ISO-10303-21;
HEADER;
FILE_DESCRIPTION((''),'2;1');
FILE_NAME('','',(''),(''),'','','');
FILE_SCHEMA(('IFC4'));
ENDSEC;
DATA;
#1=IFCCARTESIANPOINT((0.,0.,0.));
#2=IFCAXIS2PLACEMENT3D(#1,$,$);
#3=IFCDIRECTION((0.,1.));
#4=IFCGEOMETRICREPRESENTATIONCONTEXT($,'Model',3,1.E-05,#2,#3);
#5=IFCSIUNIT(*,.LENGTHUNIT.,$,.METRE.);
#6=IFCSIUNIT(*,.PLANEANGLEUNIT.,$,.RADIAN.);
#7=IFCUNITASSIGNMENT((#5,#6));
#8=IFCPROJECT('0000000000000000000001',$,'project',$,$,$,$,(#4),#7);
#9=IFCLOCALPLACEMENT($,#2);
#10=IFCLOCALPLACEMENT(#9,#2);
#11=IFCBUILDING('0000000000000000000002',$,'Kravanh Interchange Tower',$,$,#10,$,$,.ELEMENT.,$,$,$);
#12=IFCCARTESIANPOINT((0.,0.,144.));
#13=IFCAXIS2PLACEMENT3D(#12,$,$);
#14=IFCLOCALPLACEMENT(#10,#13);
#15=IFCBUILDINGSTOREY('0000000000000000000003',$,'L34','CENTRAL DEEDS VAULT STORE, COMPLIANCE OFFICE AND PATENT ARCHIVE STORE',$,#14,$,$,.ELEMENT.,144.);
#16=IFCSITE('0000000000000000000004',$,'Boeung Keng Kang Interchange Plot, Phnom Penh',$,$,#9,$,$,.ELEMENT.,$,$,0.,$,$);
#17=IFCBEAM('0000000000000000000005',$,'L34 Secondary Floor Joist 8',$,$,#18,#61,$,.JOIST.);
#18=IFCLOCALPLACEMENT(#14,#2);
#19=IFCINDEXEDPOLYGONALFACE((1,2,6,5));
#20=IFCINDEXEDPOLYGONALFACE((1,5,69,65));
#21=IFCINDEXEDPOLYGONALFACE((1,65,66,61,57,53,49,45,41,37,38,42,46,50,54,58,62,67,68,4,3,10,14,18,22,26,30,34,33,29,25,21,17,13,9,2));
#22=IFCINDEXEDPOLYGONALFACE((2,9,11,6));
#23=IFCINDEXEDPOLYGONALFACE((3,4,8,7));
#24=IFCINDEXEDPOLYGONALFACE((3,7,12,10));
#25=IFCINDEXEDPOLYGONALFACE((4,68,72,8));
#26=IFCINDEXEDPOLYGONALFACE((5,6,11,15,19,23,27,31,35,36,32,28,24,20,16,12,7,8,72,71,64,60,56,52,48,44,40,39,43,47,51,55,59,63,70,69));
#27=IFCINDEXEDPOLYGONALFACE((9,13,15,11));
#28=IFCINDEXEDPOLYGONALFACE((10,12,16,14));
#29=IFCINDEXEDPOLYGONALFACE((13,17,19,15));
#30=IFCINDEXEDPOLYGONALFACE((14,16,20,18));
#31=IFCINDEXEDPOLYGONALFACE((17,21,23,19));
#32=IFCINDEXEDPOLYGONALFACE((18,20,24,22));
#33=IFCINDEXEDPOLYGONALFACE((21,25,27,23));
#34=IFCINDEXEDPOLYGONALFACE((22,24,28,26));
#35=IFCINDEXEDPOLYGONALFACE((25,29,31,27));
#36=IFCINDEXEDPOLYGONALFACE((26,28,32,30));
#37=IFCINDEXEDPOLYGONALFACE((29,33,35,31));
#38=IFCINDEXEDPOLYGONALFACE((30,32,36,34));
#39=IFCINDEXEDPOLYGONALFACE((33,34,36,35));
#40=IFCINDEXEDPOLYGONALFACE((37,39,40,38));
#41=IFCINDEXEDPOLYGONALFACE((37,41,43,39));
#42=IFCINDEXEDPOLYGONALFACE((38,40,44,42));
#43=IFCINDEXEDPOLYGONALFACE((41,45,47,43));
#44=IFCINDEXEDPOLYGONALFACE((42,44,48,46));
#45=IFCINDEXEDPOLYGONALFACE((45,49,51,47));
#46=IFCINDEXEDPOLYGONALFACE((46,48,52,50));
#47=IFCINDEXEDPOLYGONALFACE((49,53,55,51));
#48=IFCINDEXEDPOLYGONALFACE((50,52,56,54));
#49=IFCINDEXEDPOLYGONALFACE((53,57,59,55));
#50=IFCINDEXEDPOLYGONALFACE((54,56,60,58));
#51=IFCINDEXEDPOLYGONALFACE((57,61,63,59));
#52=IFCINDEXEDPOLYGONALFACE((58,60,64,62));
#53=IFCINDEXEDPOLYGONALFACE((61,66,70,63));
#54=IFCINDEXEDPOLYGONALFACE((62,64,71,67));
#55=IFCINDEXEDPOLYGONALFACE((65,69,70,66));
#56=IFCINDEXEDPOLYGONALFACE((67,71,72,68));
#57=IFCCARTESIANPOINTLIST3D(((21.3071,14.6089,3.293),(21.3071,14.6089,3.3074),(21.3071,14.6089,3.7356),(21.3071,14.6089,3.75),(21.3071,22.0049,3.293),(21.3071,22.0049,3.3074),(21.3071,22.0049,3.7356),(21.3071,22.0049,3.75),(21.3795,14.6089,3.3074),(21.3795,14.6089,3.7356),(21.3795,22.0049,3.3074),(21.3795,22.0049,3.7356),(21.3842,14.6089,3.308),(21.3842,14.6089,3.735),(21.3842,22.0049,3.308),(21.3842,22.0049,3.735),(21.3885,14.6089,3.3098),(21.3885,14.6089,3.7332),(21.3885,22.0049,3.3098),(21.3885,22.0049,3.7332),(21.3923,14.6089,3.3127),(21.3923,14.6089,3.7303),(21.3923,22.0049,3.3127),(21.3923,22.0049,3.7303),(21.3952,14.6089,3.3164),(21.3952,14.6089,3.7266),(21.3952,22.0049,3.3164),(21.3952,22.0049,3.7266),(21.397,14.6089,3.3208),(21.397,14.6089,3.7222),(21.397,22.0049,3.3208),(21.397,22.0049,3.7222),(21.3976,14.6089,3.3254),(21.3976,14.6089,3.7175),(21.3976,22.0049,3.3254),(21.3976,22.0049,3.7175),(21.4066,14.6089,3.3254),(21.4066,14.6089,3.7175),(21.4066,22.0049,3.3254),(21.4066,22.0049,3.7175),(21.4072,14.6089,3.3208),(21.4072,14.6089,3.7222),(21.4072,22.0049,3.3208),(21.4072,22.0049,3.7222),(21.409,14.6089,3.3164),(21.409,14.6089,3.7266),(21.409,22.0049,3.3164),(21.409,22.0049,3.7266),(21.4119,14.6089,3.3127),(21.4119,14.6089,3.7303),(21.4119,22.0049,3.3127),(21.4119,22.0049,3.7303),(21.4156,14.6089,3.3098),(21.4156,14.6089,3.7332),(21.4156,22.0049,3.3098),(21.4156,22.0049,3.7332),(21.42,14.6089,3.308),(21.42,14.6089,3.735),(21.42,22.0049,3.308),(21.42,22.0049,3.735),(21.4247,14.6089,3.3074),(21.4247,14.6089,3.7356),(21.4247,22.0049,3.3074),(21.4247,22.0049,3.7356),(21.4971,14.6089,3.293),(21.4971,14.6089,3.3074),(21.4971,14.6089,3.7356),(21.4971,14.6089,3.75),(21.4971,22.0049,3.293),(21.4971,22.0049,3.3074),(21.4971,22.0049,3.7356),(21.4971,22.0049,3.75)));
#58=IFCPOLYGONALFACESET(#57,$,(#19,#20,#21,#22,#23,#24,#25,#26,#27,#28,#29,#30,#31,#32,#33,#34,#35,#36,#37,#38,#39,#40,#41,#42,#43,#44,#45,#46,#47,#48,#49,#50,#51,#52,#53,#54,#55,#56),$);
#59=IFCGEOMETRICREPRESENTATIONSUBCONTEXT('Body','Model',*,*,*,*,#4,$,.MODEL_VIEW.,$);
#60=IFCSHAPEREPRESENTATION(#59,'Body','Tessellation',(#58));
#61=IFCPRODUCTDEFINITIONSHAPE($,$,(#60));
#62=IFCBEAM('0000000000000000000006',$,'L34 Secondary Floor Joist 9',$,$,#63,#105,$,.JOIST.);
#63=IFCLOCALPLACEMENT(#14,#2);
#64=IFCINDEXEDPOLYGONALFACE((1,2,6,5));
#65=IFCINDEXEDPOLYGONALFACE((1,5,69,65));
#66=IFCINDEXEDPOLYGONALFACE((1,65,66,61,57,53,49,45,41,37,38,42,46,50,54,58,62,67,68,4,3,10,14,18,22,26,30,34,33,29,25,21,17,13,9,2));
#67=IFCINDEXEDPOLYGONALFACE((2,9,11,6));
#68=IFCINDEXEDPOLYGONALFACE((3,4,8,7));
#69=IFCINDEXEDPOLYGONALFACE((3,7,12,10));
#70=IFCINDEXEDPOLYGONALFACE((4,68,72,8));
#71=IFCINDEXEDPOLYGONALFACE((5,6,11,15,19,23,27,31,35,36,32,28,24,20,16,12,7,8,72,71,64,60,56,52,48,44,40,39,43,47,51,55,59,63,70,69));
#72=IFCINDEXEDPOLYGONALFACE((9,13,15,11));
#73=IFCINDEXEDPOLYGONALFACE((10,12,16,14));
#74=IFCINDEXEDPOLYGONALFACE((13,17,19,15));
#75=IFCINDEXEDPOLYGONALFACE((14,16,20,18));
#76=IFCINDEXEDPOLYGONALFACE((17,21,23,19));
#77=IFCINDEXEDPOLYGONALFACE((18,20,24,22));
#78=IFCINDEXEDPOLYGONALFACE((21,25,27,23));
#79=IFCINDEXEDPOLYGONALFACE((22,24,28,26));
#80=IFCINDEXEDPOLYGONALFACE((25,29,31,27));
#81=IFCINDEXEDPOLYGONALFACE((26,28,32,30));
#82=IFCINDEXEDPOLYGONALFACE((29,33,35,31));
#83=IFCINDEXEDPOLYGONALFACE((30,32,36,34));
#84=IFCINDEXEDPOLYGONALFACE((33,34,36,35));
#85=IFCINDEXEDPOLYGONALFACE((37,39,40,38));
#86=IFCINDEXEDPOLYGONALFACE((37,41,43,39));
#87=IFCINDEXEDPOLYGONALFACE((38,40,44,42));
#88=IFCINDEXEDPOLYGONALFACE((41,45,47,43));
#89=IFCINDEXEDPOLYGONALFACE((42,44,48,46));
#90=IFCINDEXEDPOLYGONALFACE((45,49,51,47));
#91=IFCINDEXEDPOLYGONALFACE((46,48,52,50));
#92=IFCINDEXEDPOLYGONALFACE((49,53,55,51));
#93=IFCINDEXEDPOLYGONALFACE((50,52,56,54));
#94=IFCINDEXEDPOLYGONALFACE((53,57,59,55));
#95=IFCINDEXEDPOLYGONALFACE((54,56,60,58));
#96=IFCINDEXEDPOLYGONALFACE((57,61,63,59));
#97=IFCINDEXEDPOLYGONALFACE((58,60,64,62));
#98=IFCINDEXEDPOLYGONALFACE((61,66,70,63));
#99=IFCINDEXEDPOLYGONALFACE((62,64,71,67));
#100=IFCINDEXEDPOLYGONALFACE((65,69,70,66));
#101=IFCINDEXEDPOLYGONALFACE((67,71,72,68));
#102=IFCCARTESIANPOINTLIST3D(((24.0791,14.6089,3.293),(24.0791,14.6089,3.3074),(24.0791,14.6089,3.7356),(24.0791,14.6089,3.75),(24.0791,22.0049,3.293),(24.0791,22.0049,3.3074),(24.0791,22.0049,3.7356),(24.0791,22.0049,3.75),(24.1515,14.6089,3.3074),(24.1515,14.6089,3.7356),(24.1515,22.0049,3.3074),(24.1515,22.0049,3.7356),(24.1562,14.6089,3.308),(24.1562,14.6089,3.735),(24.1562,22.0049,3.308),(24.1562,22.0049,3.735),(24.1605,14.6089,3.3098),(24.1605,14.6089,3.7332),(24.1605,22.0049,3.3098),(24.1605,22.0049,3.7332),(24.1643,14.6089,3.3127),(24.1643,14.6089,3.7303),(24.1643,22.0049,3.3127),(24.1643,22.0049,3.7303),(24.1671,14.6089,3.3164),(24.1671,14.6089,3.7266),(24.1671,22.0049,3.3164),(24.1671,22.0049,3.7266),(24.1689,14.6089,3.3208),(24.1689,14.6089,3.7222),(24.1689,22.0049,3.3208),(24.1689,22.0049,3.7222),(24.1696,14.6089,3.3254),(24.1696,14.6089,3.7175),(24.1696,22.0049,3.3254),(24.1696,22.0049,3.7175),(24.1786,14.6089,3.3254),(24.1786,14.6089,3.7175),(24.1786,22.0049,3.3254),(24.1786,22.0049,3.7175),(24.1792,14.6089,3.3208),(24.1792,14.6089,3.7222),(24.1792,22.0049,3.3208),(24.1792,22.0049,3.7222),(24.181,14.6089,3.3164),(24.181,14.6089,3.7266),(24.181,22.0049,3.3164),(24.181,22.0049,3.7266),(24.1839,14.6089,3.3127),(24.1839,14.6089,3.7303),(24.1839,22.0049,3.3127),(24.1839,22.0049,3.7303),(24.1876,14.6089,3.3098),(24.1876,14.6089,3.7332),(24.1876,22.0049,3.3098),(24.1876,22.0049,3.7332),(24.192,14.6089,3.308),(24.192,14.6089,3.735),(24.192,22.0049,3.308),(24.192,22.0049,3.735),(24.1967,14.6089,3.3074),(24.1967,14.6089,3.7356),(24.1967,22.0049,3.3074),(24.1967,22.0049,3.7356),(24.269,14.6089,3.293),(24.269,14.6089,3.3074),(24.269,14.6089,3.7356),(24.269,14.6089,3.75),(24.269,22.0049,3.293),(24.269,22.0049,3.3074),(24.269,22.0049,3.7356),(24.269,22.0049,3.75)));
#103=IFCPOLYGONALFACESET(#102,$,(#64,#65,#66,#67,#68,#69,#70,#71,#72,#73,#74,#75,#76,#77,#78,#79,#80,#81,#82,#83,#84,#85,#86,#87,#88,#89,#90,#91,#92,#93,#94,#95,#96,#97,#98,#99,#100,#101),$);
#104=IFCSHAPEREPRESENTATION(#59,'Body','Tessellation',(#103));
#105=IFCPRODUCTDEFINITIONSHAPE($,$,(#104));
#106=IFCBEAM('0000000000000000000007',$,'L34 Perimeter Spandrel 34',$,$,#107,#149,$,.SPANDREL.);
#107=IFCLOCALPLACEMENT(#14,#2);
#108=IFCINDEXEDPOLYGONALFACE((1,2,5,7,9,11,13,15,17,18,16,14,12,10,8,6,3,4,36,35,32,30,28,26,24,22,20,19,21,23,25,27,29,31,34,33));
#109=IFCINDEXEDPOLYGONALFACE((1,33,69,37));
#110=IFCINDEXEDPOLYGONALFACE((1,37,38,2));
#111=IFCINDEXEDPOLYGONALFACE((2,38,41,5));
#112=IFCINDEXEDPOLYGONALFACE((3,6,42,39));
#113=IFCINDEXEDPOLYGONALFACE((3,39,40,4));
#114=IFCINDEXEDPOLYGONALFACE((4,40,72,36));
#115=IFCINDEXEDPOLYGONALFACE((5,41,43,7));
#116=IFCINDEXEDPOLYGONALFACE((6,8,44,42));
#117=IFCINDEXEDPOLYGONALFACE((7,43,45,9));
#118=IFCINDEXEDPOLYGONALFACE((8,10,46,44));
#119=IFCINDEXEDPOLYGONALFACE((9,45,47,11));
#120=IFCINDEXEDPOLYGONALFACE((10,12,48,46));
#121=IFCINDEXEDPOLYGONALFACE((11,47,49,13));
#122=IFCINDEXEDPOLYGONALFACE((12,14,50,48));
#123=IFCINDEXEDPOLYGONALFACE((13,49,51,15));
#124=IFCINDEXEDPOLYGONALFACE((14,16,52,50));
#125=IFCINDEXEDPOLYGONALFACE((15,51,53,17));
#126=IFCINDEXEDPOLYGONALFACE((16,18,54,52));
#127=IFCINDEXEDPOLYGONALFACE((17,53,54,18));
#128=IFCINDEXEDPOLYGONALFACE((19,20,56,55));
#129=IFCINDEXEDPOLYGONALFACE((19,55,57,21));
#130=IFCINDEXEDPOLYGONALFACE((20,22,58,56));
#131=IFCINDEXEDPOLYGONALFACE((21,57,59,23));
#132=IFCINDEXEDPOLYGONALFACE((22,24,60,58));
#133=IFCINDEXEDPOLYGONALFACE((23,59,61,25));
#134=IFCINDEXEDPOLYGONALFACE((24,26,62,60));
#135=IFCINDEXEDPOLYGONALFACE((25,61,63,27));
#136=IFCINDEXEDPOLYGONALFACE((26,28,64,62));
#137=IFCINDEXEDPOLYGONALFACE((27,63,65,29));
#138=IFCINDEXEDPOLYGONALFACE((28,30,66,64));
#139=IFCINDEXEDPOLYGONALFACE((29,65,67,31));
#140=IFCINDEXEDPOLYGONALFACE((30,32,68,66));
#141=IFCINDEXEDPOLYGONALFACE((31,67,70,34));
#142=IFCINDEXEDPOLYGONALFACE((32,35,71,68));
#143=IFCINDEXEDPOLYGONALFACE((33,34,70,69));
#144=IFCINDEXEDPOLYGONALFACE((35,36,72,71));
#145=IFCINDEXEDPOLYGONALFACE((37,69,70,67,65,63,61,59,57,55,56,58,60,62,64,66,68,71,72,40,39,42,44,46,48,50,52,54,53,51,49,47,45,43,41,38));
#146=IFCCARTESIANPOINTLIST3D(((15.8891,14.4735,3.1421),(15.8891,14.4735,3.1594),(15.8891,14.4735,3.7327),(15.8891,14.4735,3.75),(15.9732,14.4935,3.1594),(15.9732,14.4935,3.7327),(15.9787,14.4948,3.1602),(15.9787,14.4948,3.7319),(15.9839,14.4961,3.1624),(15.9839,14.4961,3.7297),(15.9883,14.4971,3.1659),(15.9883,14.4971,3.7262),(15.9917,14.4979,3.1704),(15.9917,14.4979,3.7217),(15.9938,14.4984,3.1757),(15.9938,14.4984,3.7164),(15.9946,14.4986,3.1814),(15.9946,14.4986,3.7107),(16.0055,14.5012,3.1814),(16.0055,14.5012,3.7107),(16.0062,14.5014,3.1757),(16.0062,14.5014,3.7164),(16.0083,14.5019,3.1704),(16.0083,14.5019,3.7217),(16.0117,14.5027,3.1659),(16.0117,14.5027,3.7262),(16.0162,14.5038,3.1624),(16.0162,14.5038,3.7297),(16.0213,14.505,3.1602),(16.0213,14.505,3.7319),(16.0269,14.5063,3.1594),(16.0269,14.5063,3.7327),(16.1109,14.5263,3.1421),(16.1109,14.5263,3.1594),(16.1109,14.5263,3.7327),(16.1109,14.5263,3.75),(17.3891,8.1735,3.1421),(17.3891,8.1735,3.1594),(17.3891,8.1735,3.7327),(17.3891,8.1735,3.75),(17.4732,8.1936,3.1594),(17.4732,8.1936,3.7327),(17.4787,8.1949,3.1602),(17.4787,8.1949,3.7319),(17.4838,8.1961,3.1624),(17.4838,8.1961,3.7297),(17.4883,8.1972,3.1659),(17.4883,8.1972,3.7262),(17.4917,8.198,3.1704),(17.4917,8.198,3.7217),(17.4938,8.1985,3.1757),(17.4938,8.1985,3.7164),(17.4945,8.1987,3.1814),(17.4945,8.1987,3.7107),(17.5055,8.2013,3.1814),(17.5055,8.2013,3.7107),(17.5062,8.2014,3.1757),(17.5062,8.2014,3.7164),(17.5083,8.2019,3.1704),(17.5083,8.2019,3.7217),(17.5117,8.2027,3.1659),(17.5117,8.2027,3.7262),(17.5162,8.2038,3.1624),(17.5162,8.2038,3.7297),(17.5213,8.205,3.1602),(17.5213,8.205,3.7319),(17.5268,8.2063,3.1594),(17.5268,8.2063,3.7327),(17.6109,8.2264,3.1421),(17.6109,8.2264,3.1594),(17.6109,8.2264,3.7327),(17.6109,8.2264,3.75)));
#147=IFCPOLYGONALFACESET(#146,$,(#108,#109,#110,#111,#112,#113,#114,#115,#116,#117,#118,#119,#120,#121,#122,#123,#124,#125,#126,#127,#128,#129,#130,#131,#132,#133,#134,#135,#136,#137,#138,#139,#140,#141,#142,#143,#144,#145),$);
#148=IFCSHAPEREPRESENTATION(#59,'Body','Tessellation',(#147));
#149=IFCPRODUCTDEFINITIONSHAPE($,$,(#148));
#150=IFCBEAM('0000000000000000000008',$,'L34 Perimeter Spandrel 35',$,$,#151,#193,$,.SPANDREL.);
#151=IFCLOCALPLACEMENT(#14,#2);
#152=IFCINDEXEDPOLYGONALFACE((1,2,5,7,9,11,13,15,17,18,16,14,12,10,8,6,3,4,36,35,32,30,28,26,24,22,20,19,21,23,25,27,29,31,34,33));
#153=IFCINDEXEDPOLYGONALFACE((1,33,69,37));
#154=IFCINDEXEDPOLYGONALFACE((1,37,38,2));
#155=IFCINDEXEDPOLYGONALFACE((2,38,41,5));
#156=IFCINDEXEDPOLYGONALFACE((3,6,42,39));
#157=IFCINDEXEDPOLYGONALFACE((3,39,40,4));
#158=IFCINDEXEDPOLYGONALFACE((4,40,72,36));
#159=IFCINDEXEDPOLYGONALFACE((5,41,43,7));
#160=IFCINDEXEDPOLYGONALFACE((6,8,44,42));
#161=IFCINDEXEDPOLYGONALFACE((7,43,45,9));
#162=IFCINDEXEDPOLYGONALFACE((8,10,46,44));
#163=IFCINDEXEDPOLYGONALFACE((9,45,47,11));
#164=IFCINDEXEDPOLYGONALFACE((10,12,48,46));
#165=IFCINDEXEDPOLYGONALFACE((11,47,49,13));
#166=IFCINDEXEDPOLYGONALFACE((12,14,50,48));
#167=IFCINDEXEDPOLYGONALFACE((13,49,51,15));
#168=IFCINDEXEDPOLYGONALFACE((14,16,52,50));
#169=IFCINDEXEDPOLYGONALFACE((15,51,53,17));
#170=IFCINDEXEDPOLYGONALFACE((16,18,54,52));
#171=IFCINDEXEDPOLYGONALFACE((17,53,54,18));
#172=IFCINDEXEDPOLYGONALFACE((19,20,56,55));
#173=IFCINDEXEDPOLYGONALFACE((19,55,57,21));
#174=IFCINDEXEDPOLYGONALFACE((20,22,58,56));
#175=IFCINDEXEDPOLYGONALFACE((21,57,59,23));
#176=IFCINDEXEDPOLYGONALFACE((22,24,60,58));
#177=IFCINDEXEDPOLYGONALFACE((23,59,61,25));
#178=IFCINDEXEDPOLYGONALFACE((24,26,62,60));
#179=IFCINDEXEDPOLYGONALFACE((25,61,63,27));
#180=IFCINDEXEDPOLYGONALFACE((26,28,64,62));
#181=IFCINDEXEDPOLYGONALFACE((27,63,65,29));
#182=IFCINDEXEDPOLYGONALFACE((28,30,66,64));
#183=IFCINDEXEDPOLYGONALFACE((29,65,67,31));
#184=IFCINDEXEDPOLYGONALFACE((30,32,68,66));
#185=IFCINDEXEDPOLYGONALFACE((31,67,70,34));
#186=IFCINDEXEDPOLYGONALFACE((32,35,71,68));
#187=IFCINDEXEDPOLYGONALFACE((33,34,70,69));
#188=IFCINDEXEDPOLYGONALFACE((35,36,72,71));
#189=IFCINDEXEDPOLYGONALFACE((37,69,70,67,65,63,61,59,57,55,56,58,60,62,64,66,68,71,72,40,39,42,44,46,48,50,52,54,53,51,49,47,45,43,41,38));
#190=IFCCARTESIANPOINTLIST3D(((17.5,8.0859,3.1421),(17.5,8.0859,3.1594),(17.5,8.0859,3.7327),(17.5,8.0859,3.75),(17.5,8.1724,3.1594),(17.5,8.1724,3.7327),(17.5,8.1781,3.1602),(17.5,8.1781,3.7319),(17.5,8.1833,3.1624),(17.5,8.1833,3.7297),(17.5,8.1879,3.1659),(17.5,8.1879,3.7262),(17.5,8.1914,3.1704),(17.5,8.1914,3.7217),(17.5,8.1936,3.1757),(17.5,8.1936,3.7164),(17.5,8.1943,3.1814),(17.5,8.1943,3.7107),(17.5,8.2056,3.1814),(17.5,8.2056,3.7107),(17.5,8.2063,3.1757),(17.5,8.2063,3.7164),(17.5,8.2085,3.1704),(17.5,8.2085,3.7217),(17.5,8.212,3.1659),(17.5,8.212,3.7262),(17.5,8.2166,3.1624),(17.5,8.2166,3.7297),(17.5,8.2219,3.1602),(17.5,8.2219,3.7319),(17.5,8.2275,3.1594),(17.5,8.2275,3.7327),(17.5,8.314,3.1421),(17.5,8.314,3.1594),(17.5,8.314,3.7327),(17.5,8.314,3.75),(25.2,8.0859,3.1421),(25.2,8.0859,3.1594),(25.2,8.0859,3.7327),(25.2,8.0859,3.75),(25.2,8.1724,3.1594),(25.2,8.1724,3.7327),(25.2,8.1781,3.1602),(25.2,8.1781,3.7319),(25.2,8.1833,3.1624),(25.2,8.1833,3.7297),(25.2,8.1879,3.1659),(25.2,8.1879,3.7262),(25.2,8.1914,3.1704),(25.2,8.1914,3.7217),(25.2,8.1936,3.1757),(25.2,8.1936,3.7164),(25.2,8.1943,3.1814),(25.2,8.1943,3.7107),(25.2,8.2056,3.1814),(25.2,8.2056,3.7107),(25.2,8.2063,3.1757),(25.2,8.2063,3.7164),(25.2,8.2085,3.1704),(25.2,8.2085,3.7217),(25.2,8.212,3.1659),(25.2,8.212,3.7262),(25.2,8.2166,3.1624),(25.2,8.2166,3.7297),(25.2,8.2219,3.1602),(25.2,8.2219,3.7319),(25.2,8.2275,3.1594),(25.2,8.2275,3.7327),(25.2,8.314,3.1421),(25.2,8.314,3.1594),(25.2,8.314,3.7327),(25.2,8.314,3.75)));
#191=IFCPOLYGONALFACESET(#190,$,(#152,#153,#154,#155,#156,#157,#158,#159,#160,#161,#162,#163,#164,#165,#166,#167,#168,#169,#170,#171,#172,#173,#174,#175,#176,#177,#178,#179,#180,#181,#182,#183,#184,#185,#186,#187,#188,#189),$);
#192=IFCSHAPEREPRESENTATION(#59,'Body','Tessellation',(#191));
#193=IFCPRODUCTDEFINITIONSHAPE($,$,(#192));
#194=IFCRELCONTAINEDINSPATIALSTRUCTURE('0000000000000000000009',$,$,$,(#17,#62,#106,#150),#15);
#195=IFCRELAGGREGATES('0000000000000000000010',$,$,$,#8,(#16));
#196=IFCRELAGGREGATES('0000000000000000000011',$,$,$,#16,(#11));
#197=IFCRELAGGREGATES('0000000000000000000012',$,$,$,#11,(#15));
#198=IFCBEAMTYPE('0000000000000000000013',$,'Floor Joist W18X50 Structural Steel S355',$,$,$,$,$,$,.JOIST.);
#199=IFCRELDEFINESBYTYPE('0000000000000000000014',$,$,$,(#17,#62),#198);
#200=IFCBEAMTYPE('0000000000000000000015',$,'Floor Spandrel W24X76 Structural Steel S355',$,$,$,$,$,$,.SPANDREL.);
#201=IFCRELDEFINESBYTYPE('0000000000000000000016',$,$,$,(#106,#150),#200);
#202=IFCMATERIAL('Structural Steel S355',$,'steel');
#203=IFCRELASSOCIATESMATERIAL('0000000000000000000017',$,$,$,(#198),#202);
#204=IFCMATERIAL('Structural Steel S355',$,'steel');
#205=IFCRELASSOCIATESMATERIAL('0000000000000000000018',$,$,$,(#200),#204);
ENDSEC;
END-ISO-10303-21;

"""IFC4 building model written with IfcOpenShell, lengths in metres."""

from ifc_helpers import new_model, si_unit, direction, frame, origin, origin_2d, place, context, subcontext, project, spatial, i_section, extrude, material, material_profile, profile_set, type_object, element, save


model = new_model("IFC4")

# Units and contexts
model_context = context("Model", 3, precision=1e-05, world=origin(), true_north=direction((0.0, 1.0)))
body_context = subcontext(model_context, "Body", "Model", "MODEL_VIEW")
ifc_project = project(units=[si_unit("LENGTHUNIT", "METRE"), si_unit("PLANEANGLEUNIT", "RADIAN")], contexts=[model_context])

# Site, building, storey
site_placement = place(None, origin())
site = spatial("IfcSite", under=ifc_project, at=site_placement, Name="Boeung Keng Kang Interchange Plot, Phnom Penh", CompositionType="ELEMENT", RefElevation=0.0)
building_placement = place(site_placement, origin())
building = spatial("IfcBuilding", under=site, at=building_placement, Name="Kravanh Interchange Tower", CompositionType="ELEMENT")
storey_placement = place(building_placement, frame((0.0, 0.0, 144.0)))
storey = spatial("IfcBuildingStorey", under=building, at=storey_placement, Name="L34", Description="CENTRAL DEEDS VAULT STORE, COMPLIANCE OFFICE AND PATENT ARCHIVE STORE", CompositionType="ELEMENT", Elevation=144.0)

# Beams
ifc_material_1 = material(Name="Structural Steel S355", Category="steel")
ifc_material_profile_1 = material_profile(ifc_material_1, i_section(OverallWidth=0.1899, OverallDepth=0.457, WebThickness=0.009, FlangeThickness=0.0144, FilletRadius=0.0181, at=origin_2d()), Name="W18X50")
ifc_profile_set_1 = profile_set([ifc_material_profile_1], Name="Structural Steel S355")
beam_type_1 = type_object("IfcBeamType", Name="Floor Joist W18X50 Structural Steel S355", PredefinedType="JOIST", material=ifc_profile_set_1)
for number, where, z_axis, x_axis, name in (
    (1, (21.4021, 14.6089, 3.5215), (0.0, 1.0, 0.0), (-1.0, 0.0, 0.0), "L34 Secondary Floor Joist 8"),
    (2, (24.1741, 14.6089, 3.5215), (0.0, 1.0, 0.0), (-1.0, 0.0, 0.0), "L34 Secondary Floor Joist 9"),
):
    element("IfcBeam", number, at=place(storey_placement, frame(where, z_axis=z_axis, x_axis=x_axis)), inside=storey, type_object=beam_type_1, Name=name, PredefinedType="JOIST", context=body_context, shape_type="SweptSolid", body=[
        extrude(i_section(OverallWidth=0.1899, OverallDepth=0.457, WebThickness=0.009, FlangeThickness=0.0144, FilletRadius=0.0181, at=origin_2d()), origin(), (0.0, 0.0, 1.0), 7.396),
    ])
ifc_material_2 = material(Name="Structural Steel S355", Category="steel")
ifc_material_profile_2 = material_profile(ifc_material_2, i_section(OverallWidth=0.228, OverallDepth=0.6079, WebThickness=0.0112, FlangeThickness=0.0173, FilletRadius=0.022, at=origin_2d()), Name="W24X76")
ifc_profile_set_2 = profile_set([ifc_material_profile_2], Name="Structural Steel S355")
beam_type_2 = type_object("IfcBeamType", Name="Floor Spandrel W24X76 Structural Steel S355", PredefinedType="SPANDREL", material=ifc_profile_set_2)
beam_1_placement = place(storey_placement, frame((17.5, 8.2, 3.446), z_axis=(-0.231619, 0.972807, 0.0), x_axis=(-0.972807, -0.231619, 0.0)))
element("IfcBeam", 3, at=beam_1_placement, inside=storey, type_object=beam_type_2, Name="L34 Perimeter Spandrel 34", PredefinedType="SPANDREL", context=body_context, shape_type="SweptSolid", body=[
    extrude(i_section(OverallWidth=0.228, OverallDepth=0.6079, WebThickness=0.0112, FlangeThickness=0.0173, FilletRadius=0.022, at=origin_2d()), origin(), (0.0, 0.0, 1.0), 6.4761),
])
beam_2_placement = place(storey_placement, frame((17.5, 8.2, 3.446), z_axis=(1.0, 0.0, 0.0), x_axis=(0.0, 1.0, 0.0)))
element("IfcBeam", 4, at=beam_2_placement, inside=storey, type_object=beam_type_2, Name="L34 Perimeter Spandrel 35", PredefinedType="SPANDREL", context=body_context, shape_type="SweptSolid", body=[
    extrude(i_section(OverallWidth=0.228, OverallDepth=0.6079, WebThickness=0.0112, FlangeThickness=0.0173, FilletRadius=0.022, at=origin_2d()), origin(), (0.0, 0.0, 1.0), 7.7),
])

save(model, "model.ifc")
